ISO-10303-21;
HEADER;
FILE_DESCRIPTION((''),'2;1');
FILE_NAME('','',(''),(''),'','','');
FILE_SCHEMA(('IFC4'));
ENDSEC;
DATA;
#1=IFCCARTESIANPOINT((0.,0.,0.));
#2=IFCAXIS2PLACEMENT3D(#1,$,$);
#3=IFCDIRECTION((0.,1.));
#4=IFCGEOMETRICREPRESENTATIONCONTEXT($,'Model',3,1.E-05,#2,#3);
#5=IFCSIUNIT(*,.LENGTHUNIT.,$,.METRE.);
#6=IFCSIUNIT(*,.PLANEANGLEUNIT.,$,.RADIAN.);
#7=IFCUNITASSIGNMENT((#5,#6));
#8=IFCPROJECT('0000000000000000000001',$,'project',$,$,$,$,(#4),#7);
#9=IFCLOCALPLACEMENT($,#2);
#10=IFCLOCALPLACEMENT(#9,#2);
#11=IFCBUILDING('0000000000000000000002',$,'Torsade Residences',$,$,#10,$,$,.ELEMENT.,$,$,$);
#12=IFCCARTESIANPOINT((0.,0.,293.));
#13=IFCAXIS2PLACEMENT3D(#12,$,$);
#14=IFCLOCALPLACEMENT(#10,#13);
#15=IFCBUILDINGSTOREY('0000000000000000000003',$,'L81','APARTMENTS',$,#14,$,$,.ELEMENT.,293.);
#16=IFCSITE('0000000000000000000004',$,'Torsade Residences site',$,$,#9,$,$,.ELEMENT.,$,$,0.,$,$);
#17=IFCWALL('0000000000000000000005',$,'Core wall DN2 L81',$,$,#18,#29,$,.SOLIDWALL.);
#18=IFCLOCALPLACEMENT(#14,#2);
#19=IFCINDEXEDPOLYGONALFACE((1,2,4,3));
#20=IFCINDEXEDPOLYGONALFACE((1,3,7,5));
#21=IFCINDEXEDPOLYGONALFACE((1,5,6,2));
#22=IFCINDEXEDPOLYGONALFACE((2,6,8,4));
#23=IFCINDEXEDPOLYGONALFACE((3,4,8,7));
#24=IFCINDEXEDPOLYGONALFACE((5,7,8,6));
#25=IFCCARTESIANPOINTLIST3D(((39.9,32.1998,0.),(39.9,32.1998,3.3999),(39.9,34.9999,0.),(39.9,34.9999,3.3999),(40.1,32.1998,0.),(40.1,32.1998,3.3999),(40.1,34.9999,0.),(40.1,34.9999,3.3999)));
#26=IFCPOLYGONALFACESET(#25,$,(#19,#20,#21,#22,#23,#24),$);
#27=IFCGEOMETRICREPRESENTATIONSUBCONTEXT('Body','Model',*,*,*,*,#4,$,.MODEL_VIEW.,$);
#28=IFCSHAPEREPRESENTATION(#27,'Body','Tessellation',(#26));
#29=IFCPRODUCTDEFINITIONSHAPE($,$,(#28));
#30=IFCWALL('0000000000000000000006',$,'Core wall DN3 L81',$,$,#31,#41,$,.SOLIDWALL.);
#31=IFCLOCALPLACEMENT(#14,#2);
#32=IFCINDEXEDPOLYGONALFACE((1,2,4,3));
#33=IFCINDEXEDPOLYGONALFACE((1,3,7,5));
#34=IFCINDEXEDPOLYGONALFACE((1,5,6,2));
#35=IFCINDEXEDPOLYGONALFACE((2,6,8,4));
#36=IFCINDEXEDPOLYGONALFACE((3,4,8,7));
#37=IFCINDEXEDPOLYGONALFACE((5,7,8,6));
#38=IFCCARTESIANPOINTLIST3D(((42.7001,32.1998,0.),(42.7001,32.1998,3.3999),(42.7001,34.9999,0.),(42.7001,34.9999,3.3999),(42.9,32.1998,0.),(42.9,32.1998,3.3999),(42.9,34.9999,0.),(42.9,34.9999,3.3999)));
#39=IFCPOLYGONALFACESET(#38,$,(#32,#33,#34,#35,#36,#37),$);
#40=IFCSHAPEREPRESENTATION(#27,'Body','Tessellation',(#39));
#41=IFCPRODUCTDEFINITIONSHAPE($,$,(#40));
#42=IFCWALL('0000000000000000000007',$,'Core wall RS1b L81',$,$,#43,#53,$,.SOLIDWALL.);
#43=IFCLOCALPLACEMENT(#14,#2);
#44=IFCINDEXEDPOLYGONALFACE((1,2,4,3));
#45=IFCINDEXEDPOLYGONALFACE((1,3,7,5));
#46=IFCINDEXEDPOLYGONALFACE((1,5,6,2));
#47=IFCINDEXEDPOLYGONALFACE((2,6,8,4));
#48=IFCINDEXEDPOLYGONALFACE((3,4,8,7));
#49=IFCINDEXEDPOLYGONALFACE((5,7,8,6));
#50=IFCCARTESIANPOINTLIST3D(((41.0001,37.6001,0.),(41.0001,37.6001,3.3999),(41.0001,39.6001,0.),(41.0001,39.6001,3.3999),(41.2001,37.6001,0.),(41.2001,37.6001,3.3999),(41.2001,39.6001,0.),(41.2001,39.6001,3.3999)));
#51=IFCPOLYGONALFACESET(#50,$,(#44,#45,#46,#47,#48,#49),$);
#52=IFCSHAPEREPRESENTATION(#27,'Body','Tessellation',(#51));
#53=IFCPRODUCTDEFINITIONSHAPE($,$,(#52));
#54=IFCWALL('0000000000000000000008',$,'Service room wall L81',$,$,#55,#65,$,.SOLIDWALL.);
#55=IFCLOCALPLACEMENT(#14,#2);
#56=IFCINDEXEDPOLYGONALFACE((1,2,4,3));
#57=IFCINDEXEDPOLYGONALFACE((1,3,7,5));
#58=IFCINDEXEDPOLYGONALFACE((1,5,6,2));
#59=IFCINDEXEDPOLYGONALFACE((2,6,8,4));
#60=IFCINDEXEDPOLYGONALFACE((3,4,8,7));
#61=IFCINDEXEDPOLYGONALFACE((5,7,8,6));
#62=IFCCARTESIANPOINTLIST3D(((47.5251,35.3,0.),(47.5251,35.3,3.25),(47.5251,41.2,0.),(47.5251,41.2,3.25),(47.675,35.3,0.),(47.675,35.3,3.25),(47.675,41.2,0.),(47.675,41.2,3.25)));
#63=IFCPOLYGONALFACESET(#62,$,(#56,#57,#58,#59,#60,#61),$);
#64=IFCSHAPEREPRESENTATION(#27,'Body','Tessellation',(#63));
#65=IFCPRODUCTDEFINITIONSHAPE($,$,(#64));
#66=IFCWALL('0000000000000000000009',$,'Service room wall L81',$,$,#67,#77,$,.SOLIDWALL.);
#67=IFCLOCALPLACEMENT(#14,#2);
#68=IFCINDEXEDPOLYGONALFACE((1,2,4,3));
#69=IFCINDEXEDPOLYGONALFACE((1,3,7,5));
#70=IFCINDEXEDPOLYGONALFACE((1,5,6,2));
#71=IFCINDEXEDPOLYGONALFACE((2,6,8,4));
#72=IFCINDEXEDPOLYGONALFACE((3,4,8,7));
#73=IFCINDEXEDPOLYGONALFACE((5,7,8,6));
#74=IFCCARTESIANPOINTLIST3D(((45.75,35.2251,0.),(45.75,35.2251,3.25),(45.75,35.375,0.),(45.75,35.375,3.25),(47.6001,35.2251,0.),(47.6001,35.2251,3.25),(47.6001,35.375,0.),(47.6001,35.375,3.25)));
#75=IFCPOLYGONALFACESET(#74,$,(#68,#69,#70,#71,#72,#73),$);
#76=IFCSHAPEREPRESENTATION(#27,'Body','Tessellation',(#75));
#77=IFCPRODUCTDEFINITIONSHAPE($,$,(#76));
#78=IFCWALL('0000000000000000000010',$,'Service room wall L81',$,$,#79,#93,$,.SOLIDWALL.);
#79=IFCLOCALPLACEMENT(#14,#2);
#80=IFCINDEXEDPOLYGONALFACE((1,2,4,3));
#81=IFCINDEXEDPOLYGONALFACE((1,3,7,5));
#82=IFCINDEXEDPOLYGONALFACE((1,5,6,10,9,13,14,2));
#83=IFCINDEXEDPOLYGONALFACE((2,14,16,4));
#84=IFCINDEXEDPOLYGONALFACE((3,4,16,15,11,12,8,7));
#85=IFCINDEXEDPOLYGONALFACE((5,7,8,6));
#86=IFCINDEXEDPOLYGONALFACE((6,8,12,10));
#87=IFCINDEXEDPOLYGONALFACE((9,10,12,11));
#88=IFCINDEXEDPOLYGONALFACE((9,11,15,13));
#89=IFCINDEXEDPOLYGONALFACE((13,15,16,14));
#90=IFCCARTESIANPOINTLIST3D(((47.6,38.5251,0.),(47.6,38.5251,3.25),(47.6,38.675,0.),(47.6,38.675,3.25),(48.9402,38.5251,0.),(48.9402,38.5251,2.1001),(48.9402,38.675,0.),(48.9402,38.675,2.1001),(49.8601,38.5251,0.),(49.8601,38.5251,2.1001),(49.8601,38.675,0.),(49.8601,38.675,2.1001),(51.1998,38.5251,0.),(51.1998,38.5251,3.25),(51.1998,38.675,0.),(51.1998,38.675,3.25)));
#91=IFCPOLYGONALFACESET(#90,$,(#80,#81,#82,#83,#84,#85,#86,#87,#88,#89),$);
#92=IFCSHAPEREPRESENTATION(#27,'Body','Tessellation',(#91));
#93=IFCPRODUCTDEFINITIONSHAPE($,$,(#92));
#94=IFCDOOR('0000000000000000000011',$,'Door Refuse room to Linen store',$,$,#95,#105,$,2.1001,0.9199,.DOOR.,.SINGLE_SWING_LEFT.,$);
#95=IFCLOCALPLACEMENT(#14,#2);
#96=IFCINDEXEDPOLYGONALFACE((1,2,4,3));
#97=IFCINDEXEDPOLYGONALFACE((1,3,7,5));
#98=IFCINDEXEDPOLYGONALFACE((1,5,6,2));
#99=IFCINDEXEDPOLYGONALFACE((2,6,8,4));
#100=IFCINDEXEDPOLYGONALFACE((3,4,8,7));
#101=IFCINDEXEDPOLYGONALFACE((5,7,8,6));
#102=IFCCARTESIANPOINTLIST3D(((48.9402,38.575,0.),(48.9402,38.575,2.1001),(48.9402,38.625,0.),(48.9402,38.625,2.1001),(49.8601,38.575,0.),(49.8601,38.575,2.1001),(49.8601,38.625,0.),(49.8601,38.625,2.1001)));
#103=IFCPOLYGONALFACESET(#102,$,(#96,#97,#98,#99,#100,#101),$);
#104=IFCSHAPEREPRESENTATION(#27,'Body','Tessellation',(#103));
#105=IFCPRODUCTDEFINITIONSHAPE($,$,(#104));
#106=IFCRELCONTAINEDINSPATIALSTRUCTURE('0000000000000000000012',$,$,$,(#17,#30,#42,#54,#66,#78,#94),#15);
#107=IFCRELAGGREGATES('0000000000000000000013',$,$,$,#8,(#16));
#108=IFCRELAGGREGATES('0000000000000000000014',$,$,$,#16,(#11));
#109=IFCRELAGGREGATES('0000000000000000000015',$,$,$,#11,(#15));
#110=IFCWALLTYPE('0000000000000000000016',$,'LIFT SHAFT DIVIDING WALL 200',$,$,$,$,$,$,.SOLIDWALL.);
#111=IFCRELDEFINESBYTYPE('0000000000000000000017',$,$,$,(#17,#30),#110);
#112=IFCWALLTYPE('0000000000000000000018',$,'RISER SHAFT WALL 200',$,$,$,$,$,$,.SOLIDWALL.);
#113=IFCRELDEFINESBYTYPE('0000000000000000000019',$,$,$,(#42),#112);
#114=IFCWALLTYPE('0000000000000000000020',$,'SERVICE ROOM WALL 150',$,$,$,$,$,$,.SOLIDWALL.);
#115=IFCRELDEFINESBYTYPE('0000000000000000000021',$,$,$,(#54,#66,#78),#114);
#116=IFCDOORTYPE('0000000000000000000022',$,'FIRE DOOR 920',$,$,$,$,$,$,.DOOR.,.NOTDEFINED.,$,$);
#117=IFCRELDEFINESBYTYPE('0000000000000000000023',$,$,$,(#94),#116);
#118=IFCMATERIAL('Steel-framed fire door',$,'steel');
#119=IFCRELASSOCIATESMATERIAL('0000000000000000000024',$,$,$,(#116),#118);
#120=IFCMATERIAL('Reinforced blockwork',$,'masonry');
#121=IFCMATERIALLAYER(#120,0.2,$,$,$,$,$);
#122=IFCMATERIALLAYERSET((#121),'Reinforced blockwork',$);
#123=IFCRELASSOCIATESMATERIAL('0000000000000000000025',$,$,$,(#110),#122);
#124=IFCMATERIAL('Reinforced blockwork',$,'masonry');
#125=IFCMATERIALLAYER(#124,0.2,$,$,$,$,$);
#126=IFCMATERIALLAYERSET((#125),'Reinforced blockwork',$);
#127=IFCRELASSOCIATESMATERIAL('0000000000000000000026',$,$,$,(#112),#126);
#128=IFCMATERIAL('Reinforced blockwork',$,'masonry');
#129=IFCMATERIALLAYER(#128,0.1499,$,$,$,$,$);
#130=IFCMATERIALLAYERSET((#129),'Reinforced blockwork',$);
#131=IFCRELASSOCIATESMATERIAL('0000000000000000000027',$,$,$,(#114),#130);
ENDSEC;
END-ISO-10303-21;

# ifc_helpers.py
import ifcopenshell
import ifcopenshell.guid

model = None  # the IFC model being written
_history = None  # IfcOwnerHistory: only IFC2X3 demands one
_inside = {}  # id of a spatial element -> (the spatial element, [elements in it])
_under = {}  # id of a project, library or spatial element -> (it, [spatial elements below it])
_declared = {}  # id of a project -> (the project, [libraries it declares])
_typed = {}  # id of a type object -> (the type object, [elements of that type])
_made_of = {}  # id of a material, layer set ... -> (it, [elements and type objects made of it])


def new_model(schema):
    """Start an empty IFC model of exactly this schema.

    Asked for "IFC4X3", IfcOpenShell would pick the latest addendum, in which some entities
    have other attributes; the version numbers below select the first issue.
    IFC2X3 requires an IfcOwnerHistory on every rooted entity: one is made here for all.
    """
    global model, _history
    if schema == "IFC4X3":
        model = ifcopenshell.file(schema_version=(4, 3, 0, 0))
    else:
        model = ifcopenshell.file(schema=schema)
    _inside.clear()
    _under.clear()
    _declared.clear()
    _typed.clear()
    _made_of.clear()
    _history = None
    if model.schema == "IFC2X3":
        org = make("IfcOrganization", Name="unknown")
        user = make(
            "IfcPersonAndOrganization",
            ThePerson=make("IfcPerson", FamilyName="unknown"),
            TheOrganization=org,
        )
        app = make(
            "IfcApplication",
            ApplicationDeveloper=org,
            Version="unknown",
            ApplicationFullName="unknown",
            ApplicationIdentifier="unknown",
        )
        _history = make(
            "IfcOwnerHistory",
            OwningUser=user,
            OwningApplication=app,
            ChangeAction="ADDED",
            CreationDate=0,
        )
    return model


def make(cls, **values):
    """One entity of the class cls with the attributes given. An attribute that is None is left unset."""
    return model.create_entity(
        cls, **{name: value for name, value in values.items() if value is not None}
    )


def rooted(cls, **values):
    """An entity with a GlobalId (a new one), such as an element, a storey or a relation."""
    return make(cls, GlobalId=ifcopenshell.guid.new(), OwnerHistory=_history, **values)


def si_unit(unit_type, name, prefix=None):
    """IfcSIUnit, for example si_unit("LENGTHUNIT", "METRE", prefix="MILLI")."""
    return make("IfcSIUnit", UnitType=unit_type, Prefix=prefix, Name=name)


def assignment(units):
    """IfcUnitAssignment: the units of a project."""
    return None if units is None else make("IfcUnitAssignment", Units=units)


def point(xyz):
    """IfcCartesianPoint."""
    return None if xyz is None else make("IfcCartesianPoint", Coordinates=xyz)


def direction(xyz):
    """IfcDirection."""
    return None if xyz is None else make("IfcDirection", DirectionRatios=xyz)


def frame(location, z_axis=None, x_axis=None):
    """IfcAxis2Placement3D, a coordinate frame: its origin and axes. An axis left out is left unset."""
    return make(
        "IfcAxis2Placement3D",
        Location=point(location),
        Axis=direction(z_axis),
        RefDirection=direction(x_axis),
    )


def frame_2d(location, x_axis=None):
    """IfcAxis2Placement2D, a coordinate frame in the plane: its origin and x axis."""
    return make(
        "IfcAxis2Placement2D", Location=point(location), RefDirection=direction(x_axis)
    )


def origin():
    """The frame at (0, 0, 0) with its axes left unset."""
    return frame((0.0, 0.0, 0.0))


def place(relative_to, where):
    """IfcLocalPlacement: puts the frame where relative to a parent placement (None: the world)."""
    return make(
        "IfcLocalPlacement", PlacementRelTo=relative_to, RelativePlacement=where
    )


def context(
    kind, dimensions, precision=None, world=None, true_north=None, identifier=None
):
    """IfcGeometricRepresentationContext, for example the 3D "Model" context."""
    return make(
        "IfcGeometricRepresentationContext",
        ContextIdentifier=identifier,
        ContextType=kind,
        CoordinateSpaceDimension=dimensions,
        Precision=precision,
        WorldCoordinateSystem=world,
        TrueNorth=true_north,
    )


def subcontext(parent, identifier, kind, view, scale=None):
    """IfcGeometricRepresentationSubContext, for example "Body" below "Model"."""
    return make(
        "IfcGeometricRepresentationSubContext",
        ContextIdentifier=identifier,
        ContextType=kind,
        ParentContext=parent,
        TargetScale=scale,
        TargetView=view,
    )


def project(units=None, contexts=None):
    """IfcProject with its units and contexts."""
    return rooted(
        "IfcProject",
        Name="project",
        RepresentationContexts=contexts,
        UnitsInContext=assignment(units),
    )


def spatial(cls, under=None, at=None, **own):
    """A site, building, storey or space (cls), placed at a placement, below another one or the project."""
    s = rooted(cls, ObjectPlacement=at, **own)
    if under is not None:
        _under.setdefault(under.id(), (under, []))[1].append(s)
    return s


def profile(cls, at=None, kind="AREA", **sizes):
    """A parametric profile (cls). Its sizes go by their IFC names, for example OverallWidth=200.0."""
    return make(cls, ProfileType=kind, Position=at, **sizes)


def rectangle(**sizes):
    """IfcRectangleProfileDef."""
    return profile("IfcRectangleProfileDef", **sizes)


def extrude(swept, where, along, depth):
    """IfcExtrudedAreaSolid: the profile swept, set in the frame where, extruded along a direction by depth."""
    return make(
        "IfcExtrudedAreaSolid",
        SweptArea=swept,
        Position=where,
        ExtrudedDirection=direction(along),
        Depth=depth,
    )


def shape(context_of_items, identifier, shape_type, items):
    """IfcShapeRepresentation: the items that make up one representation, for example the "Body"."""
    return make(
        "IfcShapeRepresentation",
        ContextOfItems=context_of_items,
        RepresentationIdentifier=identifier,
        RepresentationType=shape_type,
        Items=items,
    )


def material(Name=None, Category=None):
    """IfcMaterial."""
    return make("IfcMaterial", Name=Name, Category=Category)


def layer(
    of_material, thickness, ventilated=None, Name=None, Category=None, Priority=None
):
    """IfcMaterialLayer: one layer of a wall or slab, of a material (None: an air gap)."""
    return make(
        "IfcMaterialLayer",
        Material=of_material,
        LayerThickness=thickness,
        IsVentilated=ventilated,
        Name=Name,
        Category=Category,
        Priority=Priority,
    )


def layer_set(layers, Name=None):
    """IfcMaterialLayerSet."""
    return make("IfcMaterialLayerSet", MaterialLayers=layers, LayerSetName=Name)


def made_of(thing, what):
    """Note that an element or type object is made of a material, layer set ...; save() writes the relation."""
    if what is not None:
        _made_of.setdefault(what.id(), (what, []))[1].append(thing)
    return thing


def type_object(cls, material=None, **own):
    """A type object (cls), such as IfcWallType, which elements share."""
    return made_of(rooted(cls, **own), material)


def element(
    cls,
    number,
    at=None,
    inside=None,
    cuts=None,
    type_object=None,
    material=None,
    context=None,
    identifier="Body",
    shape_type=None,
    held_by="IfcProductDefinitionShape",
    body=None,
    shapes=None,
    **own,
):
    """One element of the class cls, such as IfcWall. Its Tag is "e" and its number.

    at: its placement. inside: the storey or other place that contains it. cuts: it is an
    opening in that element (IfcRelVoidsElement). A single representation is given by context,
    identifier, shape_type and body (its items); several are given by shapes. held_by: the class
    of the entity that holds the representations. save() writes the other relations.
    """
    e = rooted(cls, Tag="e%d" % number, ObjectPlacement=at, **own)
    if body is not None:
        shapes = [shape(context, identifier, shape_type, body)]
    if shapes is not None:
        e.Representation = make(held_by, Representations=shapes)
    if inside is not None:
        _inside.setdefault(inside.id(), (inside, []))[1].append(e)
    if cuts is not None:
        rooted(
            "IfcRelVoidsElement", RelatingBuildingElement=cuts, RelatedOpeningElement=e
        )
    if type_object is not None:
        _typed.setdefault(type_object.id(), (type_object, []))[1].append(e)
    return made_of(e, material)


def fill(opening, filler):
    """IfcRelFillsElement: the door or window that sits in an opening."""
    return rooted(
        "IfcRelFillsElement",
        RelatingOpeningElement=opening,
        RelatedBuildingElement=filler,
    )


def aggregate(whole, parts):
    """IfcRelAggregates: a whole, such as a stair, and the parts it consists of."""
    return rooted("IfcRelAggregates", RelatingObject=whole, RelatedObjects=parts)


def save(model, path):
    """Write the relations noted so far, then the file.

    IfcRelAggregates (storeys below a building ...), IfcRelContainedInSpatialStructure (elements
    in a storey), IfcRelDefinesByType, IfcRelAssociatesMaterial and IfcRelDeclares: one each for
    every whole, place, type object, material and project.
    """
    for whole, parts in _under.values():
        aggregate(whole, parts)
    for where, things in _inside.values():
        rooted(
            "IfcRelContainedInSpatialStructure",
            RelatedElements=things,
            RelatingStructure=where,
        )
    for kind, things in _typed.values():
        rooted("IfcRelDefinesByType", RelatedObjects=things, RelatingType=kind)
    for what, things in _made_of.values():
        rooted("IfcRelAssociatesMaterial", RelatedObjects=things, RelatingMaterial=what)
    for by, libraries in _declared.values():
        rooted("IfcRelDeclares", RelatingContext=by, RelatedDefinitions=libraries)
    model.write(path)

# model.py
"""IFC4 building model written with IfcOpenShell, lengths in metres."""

from ifc_helpers import new_model, si_unit, direction, frame, frame_2d, origin, place, context, subcontext, project, spatial, rectangle, extrude, material, layer, layer_set, type_object, element, fill, save


model = new_model("IFC4")

# Units and contexts
model_context = context("Model", 3, precision=1e-05, world=origin(), true_north=direction((0.0, 1.0)))
body_context = subcontext(model_context, "Body", "Model", "MODEL_VIEW")
ifc_project = project(units=[si_unit("LENGTHUNIT", "METRE"), si_unit("PLANEANGLEUNIT", "RADIAN")], contexts=[model_context])

# Site, building, storey
site_placement = place(None, origin())
site = spatial("IfcSite", under=ifc_project, at=site_placement, Name="Torsade Residences site", CompositionType="ELEMENT", RefElevation=0.0)
building_placement = place(site_placement, origin())
building = spatial("IfcBuilding", under=site, at=building_placement, Name="Torsade Residences", CompositionType="ELEMENT")
storey_placement = place(building_placement, frame((0.0, 0.0, 293.0)))
storey = spatial("IfcBuildingStorey", under=building, at=storey_placement, Name="L81", Description="APARTMENTS", CompositionType="ELEMENT", Elevation=293.0)

# Shared definitions
ifc_material_1 = material(Name="Steel-framed fire door", Category="steel")
door_type_1 = type_object("IfcDoorType", Name="FIRE DOOR 920", OperationType="NOTDEFINED", PredefinedType="DOOR", material=ifc_material_1)

# Walls
ifc_material_2 = material(Name="Reinforced blockwork", Category="masonry")
ifc_layer_1 = layer(ifc_material_2, 0.2)
ifc_layer_set_1 = layer_set([ifc_layer_1], Name="Reinforced blockwork")
wall_type_1 = type_object("IfcWallType", Name="LIFT SHAFT DIVIDING WALL 200", PredefinedType="SOLIDWALL", material=ifc_layer_set_1)
for number, where, z_axis, x_axis, name in (
    (1, (40.0, 32.2, 0.0), (0.0, 0.0, 1.0), (0.0, 1.0, 0.0), "Core wall DN2 L81"),
    (2, (42.8, 32.2, 0.0), (0.0, 0.0, 1.0), (0.0, 1.0, 0.0), "Core wall DN3 L81"),
):
    element("IfcWall", number, at=place(storey_placement, frame(where, z_axis=z_axis, x_axis=x_axis)), inside=storey, type_object=wall_type_1, Name=name, PredefinedType="SOLIDWALL", context=body_context, shape_type="SweptSolid", body=[
        extrude(rectangle(XDim=2.8, YDim=0.2, at=frame_2d((1.3999, 0.0))), origin(), (0.0, 0.0, 1.0), 3.3999),
    ])
ifc_material_3 = material(Name="Reinforced blockwork", Category="masonry")
ifc_layer_2 = layer(ifc_material_3, 0.2)
ifc_layer_set_2 = layer_set([ifc_layer_2], Name="Reinforced blockwork")
wall_type_2 = type_object("IfcWallType", Name="RISER SHAFT WALL 200", PredefinedType="SOLIDWALL", material=ifc_layer_set_2)
wall_1_placement = place(storey_placement, frame((41.1001, 37.6001, 0.0), z_axis=(0.0, 0.0, 1.0), x_axis=(0.0, 1.0, 0.0)))
element("IfcWall", 3, at=wall_1_placement, inside=storey, type_object=wall_type_2, Name="Core wall RS1b L81", PredefinedType="SOLIDWALL", context=body_context, shape_type="SweptSolid", body=[
    extrude(rectangle(XDim=2.0, YDim=0.2, at=frame_2d((1.0, 0.0))), origin(), (0.0, 0.0, 1.0), 3.3999),
])
ifc_material_4 = material(Name="Reinforced blockwork", Category="masonry")
ifc_layer_3 = layer(ifc_material_4, 0.1499)
ifc_layer_set_3 = layer_set([ifc_layer_3], Name="Reinforced blockwork")
wall_type_3 = type_object("IfcWallType", Name="SERVICE ROOM WALL 150", PredefinedType="SOLIDWALL", material=ifc_layer_set_3)
wall_2_placement = place(storey_placement, frame((47.6001, 41.2, 0.0), z_axis=(0.0, 0.0, 1.0), x_axis=(0.0, -1.0, 0.0)))
element("IfcWall", 4, at=wall_2_placement, inside=storey, type_object=wall_type_3, Name="Service room wall L81", PredefinedType="SOLIDWALL", context=body_context, shape_type="SweptSolid", body=[
    extrude(rectangle(XDim=5.8999, YDim=0.1499, at=frame_2d((2.95, 0.0))), origin(), (0.0, 0.0, 1.0), 3.25),
])
wall_3_placement = place(storey_placement, frame((47.6001, 35.3, 0.0), z_axis=(0.0, 0.0, 1.0), x_axis=(-1.0, 0.0, 0.0)))
element("IfcWall", 5, at=wall_3_placement, inside=storey, type_object=wall_type_3, Name="Service room wall L81", PredefinedType="SOLIDWALL", context=body_context, shape_type="SweptSolid", body=[
    extrude(rectangle(XDim=1.8501, YDim=0.1499, at=frame_2d((0.925, 0.0))), origin(), (0.0, 0.0, 1.0), 3.25),
])

# Wall, opening, door
wall_4_placement = place(storey_placement, frame((47.6001, 38.6001, 0.0), z_axis=(0.0, 0.0, 1.0), x_axis=(1.0, 0.0, 0.0)))
wall_4 = element("IfcWall", 6, at=wall_4_placement, inside=storey, type_object=wall_type_3, Name="Service room wall L81", PredefinedType="SOLIDWALL", context=body_context, shape_type="SweptSolid", body=[
    extrude(rectangle(XDim=3.5999, YDim=0.1499, at=frame_2d((1.7998, 0.0))), origin(), (0.0, 0.0, 1.0), 3.25),
])
opening_1_placement = place(wall_4_placement, frame((1.3401, 0.0, 0.0)))
opening_1 = element("IfcOpeningElement", 7, at=opening_1_placement, cuts=wall_4, PredefinedType="OPENING", context=body_context, shape_type="SweptSolid", body=[
    extrude(rectangle(XDim=0.9199, YDim=2.1001, at=frame_2d((0.46, 1.05))), frame((0.0, 0.085, 0.0), z_axis=(0.0, -1.0, 0.0), x_axis=(1.0, 0.0, 0.0)), (0.0, 0.0, 1.0), 0.1699),
])
door_1_placement = place(opening_1_placement, origin())
door_1 = element("IfcDoor", 8, at=door_1_placement, inside=storey, type_object=door_type_1, Name="Door Refuse room to Linen store", OperationType="SINGLE_SWING_LEFT", OverallHeight=2.1001, OverallWidth=0.9199, PredefinedType="DOOR", context=body_context, shape_type="SweptSolid", body=[
    extrude(rectangle(XDim=0.9199, YDim=2.1001, at=frame_2d((0.46, 1.05))), frame((0.0, 0.0249, 0.0), z_axis=(0.0, -1.0, 0.0), x_axis=(1.0, 0.0, 0.0)), (0.0, 0.0, 1.0), 0.05),
])
fill(opening_1, door_1)

save(model, "model.ifc")
